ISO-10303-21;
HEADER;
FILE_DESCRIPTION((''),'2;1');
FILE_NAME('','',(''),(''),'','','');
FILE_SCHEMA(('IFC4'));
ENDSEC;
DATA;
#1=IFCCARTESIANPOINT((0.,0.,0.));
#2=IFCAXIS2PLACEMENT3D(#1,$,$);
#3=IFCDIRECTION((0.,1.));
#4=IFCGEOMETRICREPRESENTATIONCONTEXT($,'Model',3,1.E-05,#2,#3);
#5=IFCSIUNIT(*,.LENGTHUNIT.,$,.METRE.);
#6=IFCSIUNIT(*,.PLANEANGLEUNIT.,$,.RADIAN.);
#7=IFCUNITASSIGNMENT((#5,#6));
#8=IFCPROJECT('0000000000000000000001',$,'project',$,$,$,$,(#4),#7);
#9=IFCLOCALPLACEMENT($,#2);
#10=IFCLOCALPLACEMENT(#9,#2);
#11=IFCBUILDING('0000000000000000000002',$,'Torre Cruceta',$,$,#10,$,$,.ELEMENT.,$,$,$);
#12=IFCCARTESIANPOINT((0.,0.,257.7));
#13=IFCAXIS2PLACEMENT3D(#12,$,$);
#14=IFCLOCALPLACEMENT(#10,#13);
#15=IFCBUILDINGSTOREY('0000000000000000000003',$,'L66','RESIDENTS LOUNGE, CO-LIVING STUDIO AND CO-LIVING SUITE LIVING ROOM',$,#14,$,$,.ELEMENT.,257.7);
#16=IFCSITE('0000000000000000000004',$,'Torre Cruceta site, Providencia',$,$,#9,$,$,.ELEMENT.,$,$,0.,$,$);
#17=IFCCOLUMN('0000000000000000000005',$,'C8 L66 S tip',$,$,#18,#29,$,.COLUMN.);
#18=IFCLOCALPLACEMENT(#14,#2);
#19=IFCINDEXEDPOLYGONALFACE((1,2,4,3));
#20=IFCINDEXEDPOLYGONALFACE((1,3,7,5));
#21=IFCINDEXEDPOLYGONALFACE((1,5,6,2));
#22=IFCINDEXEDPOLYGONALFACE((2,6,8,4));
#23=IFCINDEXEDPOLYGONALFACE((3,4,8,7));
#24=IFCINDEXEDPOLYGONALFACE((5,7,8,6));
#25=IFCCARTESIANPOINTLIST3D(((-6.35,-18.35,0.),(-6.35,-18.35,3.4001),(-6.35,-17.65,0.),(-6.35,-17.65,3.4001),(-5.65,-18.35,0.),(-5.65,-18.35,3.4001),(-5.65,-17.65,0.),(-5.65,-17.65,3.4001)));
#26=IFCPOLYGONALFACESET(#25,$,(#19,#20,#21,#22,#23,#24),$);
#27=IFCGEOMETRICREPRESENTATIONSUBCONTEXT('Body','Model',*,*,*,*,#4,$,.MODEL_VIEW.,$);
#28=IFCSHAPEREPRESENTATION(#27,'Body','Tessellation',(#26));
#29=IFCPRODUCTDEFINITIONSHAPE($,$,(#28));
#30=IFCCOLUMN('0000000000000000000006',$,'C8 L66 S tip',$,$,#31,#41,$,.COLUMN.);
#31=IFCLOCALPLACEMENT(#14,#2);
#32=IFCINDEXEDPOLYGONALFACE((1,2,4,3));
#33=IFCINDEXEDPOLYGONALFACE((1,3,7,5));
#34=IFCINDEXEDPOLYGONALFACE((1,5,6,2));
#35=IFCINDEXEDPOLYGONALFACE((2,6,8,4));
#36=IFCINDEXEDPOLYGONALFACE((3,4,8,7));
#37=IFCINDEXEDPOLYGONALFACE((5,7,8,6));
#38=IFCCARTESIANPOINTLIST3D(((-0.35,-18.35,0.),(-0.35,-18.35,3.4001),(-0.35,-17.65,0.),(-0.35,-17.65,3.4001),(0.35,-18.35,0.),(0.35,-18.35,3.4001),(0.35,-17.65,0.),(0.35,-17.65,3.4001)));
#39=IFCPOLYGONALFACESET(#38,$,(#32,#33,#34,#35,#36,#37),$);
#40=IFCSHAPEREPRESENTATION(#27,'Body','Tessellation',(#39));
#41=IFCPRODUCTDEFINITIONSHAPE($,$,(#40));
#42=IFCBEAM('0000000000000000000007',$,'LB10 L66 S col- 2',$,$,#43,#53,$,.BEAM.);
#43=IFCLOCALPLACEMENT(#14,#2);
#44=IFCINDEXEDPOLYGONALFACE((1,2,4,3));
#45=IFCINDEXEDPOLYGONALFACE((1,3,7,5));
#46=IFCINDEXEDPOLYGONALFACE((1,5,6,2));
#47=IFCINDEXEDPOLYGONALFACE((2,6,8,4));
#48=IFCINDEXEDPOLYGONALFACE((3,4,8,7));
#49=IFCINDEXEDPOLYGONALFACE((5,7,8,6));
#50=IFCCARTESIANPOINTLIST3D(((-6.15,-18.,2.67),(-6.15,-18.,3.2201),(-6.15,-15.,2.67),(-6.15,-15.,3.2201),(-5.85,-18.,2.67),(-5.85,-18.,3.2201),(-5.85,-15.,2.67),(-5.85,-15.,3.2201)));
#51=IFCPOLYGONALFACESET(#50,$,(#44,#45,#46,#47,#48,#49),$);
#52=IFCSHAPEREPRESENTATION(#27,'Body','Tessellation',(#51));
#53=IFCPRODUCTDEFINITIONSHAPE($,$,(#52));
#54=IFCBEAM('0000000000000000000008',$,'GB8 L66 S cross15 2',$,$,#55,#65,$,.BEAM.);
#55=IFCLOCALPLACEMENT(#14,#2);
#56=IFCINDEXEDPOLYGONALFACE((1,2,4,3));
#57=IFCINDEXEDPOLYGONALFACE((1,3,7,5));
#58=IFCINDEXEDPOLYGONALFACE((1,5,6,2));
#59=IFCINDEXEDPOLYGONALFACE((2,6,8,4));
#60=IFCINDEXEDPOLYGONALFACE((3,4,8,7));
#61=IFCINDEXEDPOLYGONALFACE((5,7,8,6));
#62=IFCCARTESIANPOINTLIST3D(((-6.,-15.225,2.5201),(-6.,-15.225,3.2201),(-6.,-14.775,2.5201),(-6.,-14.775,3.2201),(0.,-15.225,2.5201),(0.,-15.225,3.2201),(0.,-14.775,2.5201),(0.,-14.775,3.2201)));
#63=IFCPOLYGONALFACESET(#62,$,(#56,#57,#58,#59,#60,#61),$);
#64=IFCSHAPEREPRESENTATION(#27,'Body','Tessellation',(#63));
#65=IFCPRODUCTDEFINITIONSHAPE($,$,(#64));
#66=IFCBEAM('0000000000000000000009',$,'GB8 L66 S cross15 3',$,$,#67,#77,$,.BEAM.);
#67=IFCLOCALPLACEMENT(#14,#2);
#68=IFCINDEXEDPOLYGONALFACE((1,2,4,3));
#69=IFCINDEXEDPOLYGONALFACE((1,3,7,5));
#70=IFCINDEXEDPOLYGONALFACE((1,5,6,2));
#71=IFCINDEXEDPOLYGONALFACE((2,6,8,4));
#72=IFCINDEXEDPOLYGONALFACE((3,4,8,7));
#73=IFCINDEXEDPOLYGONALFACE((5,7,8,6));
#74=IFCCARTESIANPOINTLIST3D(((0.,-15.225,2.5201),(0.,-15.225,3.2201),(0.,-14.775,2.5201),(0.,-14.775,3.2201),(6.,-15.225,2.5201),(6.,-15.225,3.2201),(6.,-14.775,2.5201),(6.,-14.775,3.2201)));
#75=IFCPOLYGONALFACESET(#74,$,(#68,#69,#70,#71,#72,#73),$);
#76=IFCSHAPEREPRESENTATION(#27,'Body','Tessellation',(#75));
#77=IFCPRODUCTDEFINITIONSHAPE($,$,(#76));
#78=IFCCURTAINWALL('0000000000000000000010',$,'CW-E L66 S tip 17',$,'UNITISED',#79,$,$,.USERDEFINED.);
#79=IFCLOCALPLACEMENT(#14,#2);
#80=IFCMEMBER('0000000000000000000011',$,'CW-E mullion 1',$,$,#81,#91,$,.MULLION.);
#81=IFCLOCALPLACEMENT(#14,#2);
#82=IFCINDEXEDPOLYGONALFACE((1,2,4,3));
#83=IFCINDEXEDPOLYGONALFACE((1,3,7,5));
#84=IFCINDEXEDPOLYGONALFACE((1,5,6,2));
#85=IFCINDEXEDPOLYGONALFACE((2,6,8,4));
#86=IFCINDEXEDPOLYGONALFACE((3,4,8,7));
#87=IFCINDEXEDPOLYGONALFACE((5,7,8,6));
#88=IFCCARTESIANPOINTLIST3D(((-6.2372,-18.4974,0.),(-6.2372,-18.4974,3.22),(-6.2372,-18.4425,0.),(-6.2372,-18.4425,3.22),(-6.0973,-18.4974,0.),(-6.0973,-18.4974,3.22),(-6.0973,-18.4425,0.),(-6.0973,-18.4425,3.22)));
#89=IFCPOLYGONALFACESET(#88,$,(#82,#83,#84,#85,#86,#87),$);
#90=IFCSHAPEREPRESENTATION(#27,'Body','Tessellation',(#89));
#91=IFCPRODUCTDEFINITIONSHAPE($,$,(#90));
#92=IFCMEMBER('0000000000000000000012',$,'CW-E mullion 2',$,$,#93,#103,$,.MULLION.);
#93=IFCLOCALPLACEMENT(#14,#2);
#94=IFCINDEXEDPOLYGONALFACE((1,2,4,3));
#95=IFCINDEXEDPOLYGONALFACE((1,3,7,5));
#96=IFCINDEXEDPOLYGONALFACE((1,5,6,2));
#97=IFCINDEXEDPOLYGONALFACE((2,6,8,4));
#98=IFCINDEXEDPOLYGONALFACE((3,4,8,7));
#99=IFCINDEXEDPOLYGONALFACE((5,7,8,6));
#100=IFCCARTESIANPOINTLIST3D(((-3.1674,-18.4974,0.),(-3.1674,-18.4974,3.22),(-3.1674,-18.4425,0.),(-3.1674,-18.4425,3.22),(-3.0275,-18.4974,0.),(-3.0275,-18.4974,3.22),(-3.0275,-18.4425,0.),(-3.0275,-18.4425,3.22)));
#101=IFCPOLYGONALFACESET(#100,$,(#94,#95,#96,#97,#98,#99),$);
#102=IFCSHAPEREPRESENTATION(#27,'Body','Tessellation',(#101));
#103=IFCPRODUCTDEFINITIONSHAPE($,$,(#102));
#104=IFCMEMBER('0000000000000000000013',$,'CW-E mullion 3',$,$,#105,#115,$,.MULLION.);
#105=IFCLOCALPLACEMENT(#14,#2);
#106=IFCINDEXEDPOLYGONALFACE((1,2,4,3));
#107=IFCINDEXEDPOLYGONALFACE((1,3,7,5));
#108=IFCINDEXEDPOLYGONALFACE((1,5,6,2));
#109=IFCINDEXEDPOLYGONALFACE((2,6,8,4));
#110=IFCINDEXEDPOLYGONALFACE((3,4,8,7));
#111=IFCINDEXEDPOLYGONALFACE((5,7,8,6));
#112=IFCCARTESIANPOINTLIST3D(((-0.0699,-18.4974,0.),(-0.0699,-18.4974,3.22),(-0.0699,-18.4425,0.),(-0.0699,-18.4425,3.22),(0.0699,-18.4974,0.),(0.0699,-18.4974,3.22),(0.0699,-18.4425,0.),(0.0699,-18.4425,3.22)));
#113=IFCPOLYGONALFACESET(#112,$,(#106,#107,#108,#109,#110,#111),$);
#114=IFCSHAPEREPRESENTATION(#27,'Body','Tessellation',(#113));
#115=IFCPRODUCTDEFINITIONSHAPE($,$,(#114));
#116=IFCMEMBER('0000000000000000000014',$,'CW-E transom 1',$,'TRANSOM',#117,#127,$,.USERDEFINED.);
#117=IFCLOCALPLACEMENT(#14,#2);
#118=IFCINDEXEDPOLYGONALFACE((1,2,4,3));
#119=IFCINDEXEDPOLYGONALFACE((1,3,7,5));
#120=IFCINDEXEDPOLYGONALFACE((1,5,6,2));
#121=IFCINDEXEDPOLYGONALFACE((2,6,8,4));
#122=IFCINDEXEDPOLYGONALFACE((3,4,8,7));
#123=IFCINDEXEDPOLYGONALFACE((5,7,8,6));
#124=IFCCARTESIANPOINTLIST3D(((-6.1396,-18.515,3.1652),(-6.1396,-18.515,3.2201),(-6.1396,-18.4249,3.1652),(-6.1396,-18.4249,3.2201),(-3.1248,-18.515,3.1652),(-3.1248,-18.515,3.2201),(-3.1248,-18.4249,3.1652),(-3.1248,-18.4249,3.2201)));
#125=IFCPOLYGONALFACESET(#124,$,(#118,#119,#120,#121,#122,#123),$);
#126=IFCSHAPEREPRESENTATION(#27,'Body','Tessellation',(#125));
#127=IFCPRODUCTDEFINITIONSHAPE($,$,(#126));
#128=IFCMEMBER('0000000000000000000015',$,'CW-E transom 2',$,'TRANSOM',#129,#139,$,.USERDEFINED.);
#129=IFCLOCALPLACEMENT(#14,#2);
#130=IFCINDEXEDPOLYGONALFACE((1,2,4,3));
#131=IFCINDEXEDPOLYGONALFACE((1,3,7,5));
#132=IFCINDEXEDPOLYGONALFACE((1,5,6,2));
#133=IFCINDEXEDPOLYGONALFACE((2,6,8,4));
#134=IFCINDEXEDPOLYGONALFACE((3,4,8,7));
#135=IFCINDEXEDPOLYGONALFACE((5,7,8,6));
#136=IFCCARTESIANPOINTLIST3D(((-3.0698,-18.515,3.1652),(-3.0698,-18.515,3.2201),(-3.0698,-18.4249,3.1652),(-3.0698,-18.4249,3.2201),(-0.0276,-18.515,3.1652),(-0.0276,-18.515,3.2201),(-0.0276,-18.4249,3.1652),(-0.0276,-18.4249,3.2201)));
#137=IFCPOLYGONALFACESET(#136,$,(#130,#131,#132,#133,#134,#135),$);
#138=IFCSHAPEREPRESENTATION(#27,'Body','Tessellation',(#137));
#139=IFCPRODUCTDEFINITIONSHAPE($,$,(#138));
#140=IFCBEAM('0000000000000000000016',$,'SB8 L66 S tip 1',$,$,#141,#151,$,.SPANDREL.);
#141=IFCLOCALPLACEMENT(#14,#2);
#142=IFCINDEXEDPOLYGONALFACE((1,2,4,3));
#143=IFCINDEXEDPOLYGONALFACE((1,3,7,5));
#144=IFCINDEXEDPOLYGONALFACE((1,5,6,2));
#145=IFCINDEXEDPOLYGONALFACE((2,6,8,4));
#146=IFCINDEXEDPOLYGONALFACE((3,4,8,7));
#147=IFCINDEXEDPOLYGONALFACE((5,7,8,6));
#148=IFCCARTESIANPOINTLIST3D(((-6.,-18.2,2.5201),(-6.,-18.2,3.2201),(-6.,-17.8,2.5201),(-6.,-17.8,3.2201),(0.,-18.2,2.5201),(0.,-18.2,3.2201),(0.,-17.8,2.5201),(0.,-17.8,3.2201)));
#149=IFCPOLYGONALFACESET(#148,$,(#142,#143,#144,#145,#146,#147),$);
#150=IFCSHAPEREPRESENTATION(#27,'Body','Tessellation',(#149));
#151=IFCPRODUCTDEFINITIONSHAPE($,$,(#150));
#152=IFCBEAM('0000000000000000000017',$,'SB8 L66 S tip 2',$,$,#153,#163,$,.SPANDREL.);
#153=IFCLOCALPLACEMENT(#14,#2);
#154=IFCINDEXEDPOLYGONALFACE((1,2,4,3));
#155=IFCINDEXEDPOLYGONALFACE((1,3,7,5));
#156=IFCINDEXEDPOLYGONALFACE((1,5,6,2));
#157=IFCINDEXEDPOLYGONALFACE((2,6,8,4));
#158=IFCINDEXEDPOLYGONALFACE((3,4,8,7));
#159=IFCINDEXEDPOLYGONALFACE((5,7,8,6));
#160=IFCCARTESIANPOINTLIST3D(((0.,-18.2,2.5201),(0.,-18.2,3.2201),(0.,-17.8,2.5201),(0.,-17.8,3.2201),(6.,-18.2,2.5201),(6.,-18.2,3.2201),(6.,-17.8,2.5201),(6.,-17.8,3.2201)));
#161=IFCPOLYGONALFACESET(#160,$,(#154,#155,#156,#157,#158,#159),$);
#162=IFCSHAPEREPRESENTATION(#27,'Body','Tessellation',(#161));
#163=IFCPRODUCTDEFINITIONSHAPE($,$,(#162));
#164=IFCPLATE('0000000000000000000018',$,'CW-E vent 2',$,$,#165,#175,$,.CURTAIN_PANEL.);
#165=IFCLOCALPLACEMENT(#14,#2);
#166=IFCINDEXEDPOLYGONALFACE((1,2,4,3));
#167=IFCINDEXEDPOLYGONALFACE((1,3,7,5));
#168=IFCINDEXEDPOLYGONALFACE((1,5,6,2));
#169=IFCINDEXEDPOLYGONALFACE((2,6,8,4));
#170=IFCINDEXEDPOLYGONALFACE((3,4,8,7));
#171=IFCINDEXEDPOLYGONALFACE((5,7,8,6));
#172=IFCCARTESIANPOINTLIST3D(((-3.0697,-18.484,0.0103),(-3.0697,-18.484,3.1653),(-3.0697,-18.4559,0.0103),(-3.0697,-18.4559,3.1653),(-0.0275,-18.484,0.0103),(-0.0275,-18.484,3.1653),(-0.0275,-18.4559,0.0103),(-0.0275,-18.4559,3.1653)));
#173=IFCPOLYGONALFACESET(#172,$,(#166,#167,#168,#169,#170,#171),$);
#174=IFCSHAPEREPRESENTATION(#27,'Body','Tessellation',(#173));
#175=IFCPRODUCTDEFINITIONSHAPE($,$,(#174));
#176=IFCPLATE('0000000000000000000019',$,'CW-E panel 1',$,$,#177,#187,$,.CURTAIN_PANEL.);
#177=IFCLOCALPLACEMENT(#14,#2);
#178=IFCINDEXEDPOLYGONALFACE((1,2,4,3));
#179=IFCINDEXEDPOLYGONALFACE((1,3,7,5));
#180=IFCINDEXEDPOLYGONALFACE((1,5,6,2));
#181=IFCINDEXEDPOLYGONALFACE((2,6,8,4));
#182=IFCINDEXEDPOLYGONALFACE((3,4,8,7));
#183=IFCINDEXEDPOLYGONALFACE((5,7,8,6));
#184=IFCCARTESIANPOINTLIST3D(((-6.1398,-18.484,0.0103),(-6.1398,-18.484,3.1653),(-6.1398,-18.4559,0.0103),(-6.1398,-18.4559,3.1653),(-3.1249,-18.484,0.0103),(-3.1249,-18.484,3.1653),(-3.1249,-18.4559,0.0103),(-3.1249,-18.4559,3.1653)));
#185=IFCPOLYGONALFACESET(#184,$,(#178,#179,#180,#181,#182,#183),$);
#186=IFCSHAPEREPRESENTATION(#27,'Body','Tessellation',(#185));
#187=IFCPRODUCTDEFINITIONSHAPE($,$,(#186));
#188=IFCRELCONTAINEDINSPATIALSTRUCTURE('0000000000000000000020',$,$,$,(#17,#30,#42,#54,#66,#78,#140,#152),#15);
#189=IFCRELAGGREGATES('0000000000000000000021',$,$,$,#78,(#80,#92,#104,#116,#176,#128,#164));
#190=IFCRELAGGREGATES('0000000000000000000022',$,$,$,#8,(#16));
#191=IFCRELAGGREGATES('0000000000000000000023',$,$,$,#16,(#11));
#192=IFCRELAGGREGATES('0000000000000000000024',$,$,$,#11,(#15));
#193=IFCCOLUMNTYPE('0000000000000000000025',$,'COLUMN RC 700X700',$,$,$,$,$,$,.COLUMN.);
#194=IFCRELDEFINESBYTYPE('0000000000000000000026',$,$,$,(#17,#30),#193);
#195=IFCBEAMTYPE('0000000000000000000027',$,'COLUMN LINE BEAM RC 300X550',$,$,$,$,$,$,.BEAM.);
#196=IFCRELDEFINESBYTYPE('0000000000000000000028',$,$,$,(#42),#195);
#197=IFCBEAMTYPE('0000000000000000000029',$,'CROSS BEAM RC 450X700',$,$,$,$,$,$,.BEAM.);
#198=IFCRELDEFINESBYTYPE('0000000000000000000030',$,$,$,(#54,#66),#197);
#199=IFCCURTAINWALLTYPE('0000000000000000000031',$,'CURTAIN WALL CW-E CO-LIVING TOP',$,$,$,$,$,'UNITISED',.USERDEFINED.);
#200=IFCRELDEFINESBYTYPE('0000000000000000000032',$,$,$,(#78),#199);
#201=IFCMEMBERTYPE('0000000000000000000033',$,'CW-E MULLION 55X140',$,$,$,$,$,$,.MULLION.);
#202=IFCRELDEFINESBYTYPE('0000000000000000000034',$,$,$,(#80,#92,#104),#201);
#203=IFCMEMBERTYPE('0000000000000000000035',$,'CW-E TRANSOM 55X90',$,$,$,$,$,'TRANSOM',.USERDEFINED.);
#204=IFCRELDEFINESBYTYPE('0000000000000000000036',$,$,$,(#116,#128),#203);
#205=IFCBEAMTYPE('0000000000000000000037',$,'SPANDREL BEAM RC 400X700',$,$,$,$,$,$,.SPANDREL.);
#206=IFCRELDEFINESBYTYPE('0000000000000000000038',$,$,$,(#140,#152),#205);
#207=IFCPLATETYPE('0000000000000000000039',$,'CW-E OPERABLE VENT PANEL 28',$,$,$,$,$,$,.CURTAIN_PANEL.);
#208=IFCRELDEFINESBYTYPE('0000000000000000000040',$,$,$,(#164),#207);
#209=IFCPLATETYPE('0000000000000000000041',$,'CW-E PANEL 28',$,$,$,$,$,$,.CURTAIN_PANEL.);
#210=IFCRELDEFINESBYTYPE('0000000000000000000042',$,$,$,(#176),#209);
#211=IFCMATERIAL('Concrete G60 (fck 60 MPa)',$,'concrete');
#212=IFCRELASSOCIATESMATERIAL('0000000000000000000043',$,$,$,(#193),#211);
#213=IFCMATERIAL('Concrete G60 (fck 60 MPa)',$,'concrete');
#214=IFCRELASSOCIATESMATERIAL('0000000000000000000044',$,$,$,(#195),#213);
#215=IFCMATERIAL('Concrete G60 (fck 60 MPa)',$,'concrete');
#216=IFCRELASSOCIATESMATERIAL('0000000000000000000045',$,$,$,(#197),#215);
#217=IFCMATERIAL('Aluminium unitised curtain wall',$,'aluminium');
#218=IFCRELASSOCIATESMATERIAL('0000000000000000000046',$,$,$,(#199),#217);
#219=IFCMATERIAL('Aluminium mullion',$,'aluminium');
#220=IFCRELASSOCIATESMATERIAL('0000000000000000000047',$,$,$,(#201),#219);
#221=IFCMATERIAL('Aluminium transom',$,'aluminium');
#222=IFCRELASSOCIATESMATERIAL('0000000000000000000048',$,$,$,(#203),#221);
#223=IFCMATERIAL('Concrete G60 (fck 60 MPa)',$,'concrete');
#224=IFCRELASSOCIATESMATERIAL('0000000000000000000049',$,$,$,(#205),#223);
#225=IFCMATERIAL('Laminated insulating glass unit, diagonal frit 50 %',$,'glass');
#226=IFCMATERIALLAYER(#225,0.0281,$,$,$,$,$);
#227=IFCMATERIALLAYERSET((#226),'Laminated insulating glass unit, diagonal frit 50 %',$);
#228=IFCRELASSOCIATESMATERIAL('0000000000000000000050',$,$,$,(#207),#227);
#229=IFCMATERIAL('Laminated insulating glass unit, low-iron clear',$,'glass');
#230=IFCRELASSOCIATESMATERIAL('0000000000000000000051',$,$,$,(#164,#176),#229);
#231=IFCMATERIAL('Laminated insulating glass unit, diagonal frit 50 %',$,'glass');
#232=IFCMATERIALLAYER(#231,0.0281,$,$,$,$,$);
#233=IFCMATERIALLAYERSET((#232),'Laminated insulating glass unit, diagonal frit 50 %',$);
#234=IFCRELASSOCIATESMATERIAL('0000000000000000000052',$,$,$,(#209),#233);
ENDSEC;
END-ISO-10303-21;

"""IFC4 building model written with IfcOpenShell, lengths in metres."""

from ifc_helpers import new_model, si_unit, direction, frame, origin, origin_2d, place, context, subcontext, project, spatial, rectangle, extrude, material, layer, layer_set, material_profile, profile_set, type_object, element, aggregate, save


model = new_model("IFC4")

# Units and contexts
model_context = context("Model", 3, precision=1e-05, world=origin(), true_north=direction((0.0, 1.0)))
body_context = subcontext(model_context, "Body", "Model", "MODEL_VIEW")
ifc_project = project(units=[si_unit("LENGTHUNIT", "METRE"), si_unit("PLANEANGLEUNIT", "RADIAN")], contexts=[model_context])

# Site, building, storey
site_placement = place(None, origin())
site = spatial("IfcSite", under=ifc_project, at=site_placement, Name="Torre Cruceta site, Providencia", CompositionType="ELEMENT", RefElevation=0.0)
building_placement = place(site_placement, origin())
building = spatial("IfcBuilding", under=site, at=building_placement, Name="Torre Cruceta", CompositionType="ELEMENT")
storey_placement = place(building_placement, frame((0.0, 0.0, 257.7)))
storey = spatial("IfcBuildingStorey", under=building, at=storey_placement, Name="L66", Description="RESIDENTS LOUNGE, CO-LIVING STUDIO AND CO-LIVING SUITE LIVING ROOM", CompositionType="ELEMENT", Elevation=257.7)

# Columns
ifc_material_1 = material(Name="Concrete G60 (fck 60 MPa)", Category="concrete")
ifc_material_profile_1 = material_profile(ifc_material_1, rectangle(XDim=0.7, YDim=0.7, at=origin_2d()), Name="RC 700X700")
ifc_profile_set_1 = profile_set([ifc_material_profile_1], Name="Concrete G60 (fck 60 MPa)")
column_type = type_object("IfcColumnType", Name="COLUMN RC 700X700", PredefinedType="COLUMN", material=ifc_profile_set_1)
for number, where, z_axis, x_axis, name in (
    (1, (-6.0, -18.0, 0.0), (0.0, 0.0, 1.0), (1.0, 0.0, 0.0), "C8 L66 S tip"),
    (2, (0.0, -18.0, 0.0), (0.0, 0.0, 1.0), (1.0, 0.0, 0.0), "C8 L66 S tip"),
):
    element("IfcColumn", number, at=place(storey_placement, frame(where, z_axis=z_axis, x_axis=x_axis)), inside=storey, type_object=column_type, Name=name, PredefinedType="COLUMN", context=body_context, shape_type="SweptSolid", body=[
        extrude(rectangle(XDim=0.7, YDim=0.7, at=origin_2d()), origin(), (0.0, 0.0, 1.0), 3.4001),
    ])

# Beams
ifc_material_2 = material(Name="Concrete G60 (fck 60 MPa)", Category="concrete")
ifc_material_profile_2 = material_profile(ifc_material_2, rectangle(XDim=0.3, YDim=0.55, at=origin_2d()), Name="RC 300X550")
ifc_profile_set_2 = profile_set([ifc_material_profile_2], Name="Concrete G60 (fck 60 MPa)")
beam_type_1 = type_object("IfcBeamType", Name="COLUMN LINE BEAM RC 300X550", PredefinedType="BEAM", material=ifc_profile_set_2)
beam_placement = place(storey_placement, frame((-6.0, -15.0, 2.9451), z_axis=(0.0, -1.0, 0.0), x_axis=(1.0, 0.0, 0.0)))
element("IfcBeam", 3, at=beam_placement, inside=storey, type_object=beam_type_1, Name="LB10 L66 S col- 2", PredefinedType="BEAM", context=body_context, shape_type="SweptSolid", body=[
    extrude(rectangle(XDim=0.3, YDim=0.55, at=origin_2d()), origin(), (0.0, 0.0, 1.0), 3.0),
])
ifc_material_3 = material(Name="Concrete G60 (fck 60 MPa)", Category="concrete")
ifc_material_profile_3 = material_profile(ifc_material_3, rectangle(XDim=0.45, YDim=0.7, at=origin_2d()), Name="RC 450X700")
ifc_profile_set_3 = profile_set([ifc_material_profile_3], Name="Concrete G60 (fck 60 MPa)")
beam_type_2 = type_object("IfcBeamType", Name="CROSS BEAM RC 450X700", PredefinedType="BEAM", material=ifc_profile_set_3)
for number, where, z_axis, x_axis, name in (
    (4, (-6.0, -15.0, 2.8701), (1.0, 0.0, 0.0), (0.0, 1.0, 0.0), "GB8 L66 S cross15 2"),
    (5, (0.0, -15.0, 2.8701), (1.0, 0.0, 0.0), (0.0, 1.0, 0.0), "GB8 L66 S cross15 3"),
):
    element("IfcBeam", number, at=place(storey_placement, frame(where, z_axis=z_axis, x_axis=x_axis)), inside=storey, type_object=beam_type_2, Name=name, PredefinedType="BEAM", context=body_context, shape_type="SweptSolid", body=[
        extrude(rectangle(XDim=0.45, YDim=0.7, at=origin_2d()), origin(), (0.0, 0.0, 1.0), 6.0),
    ])

# Curtain wall, members
ifc_material_4 = material(Name="Aluminium unitised curtain wall", Category="aluminium")
curtain_wall_type = type_object("IfcCurtainWallType", Name="CURTAIN WALL CW-E CO-LIVING TOP", ElementType="UNITISED", PredefinedType="USERDEFINED", material=ifc_material_4)
curtain_wall_placement = place(storey_placement, origin())
curtain_wall = element("IfcCurtainWall", 6, at=curtain_wall_placement, inside=storey, type_object=curtain_wall_type, Name="CW-E L66 S tip 17", ObjectType="UNITISED", PredefinedType="USERDEFINED")
ifc_material_5 = material(Name="Aluminium mullion", Category="aluminium")
ifc_material_profile_4 = material_profile(ifc_material_5, rectangle(XDim=0.0549, YDim=0.1399, at=origin_2d()), Name="AL 55X140")
ifc_profile_set_4 = profile_set([ifc_material_profile_4], Name="Aluminium mullion")
member_type_1 = type_object("IfcMemberType", Name="CW-E MULLION 55X140", PredefinedType="MULLION", material=ifc_profile_set_4)
member_1_placement = place(storey_placement, frame((-6.1672, -18.47, 0.0), z_axis=(0.0, 0.0, 1.0), x_axis=(0.0, 1.0, 0.0)))
member_1 = element("IfcMember", 7, at=member_1_placement, type_object=member_type_1, Name="CW-E mullion 1", PredefinedType="MULLION", context=body_context, shape_type="SweptSolid", body=[
    extrude(rectangle(XDim=0.0549, YDim=0.1399, at=origin_2d()), origin(), (0.0, 0.0, 1.0), 3.22),
])
member_2_placement = place(storey_placement, frame((-3.0974, -18.47, 0.0), z_axis=(0.0, 0.0, 1.0), x_axis=(0.0, 1.0, 0.0)))
member_2 = element("IfcMember", 8, at=member_2_placement, type_object=member_type_1, Name="CW-E mullion 2", PredefinedType="MULLION", context=body_context, shape_type="SweptSolid", body=[
    extrude(rectangle(XDim=0.0549, YDim=0.1399, at=origin_2d()), origin(), (0.0, 0.0, 1.0), 3.22),
])
member_3_placement = place(storey_placement, frame((0.0, -18.47, 0.0), z_axis=(0.0, 0.0, 1.0), x_axis=(0.0, 1.0, 0.0)))
member_3 = element("IfcMember", 9, at=member_3_placement, type_object=member_type_1, Name="CW-E mullion 3", PredefinedType="MULLION", context=body_context, shape_type="SweptSolid", body=[
    extrude(rectangle(XDim=0.0549, YDim=0.1399, at=origin_2d()), origin(), (0.0, 0.0, 1.0), 3.22),
])
ifc_material_6 = material(Name="Aluminium transom", Category="aluminium")
ifc_material_profile_5 = material_profile(ifc_material_6, rectangle(XDim=0.0901, YDim=0.0549, at=origin_2d()), Name="AL 90X55")
ifc_profile_set_5 = profile_set([ifc_material_profile_5], Name="Aluminium transom")
member_type_2 = type_object("IfcMemberType", Name="CW-E TRANSOM 55X90", ElementType="TRANSOM", PredefinedType="USERDEFINED", material=ifc_profile_set_5)
member_4_placement = place(storey_placement, frame((-6.1396, -18.47, 3.1926), z_axis=(1.0, 0.0, 0.0), x_axis=(0.0, 1.0, 0.0)))
member_4 = element("IfcMember", 10, at=member_4_placement, type_object=member_type_2, Name="CW-E transom 1", ObjectType="TRANSOM", PredefinedType="USERDEFINED", context=body_context, shape_type="SweptSolid", body=[
    extrude(rectangle(XDim=0.0901, YDim=0.0549, at=origin_2d()), origin(), (0.0, 0.0, 1.0), 3.0149),
])
member_5_placement = place(storey_placement, frame((-3.0698, -18.47, 3.1926), z_axis=(1.0, 0.0, 0.0), x_axis=(0.0, 1.0, 0.0)))
member_5 = element("IfcMember", 11, at=member_5_placement, type_object=member_type_2, Name="CW-E transom 2", ObjectType="TRANSOM", PredefinedType="USERDEFINED", context=body_context, shape_type="SweptSolid", body=[
    extrude(rectangle(XDim=0.0901, YDim=0.0549, at=origin_2d()), origin(), (0.0, 0.0, 1.0), 3.0422),
])

# Beams
ifc_material_7 = material(Name="Concrete G60 (fck 60 MPa)", Category="concrete")
ifc_material_profile_6 = material_profile(ifc_material_7, rectangle(XDim=0.3999, YDim=0.7, at=origin_2d()), Name="RC 400X700")
ifc_profile_set_6 = profile_set([ifc_material_profile_6], Name="Concrete G60 (fck 60 MPa)")
beam_type_3 = type_object("IfcBeamType", Name="SPANDREL BEAM RC 400X700", PredefinedType="SPANDREL", material=ifc_profile_set_6)
for number, where, z_axis, x_axis, name in (
    (12, (-6.0, -18.0, 2.8701), (1.0, 0.0, 0.0), (0.0, 1.0, 0.0), "SB8 L66 S tip 1"),
    (13, (0.0, -18.0, 2.8701), (1.0, 0.0, 0.0), (0.0, 1.0, 0.0), "SB8 L66 S tip 2"),
):
    element("IfcBeam", number, at=place(storey_placement, frame(where, z_axis=z_axis, x_axis=x_axis)), inside=storey, type_object=beam_type_3, Name=name, PredefinedType="SPANDREL", context=body_context, shape_type="SweptSolid", body=[
        extrude(rectangle(XDim=0.3999, YDim=0.7, at=origin_2d()), origin(), (0.0, 0.0, 1.0), 6.0),
    ])

# Plates
ifc_material_8 = material(Name="Laminated insulating glass unit, low-iron clear", Category="glass")
ifc_material_9 = material(Name="Laminated insulating glass unit, diagonal frit 50 %", Category="glass")
ifc_layer_1 = layer(ifc_material_9, 0.0281)
ifc_layer_set_1 = layer_set([ifc_layer_1], Name="Laminated insulating glass unit, diagonal frit 50 %")
plate_type_1 = type_object("IfcPlateType", Name="CW-E OPERABLE VENT PANEL 28", PredefinedType="CURTAIN_PANEL", material=ifc_layer_set_1)
plate_1_placement = place(storey_placement, frame((-1.5486, -18.47, 0.0103), z_axis=(0.0, 0.0, 1.0), x_axis=(1.0, 0.0, 0.0)))
plate_1 = element("IfcPlate", 14, at=plate_1_placement, type_object=plate_type_1, material=ifc_material_8, Name="CW-E vent 2", PredefinedType="CURTAIN_PANEL", context=body_context, shape_type="SweptSolid", body=[
    extrude(rectangle(XDim=3.0422, YDim=0.0281, at=origin_2d()), origin(), (0.0, 0.0, 1.0), 3.155),
])
ifc_material_10 = material(Name="Laminated insulating glass unit, diagonal frit 50 %", Category="glass")
ifc_layer_2 = layer(ifc_material_10, 0.0281)
ifc_layer_set_2 = layer_set([ifc_layer_2], Name="Laminated insulating glass unit, diagonal frit 50 %")
plate_type_2 = type_object("IfcPlateType", Name="CW-E PANEL 28", PredefinedType="CURTAIN_PANEL", material=ifc_layer_set_2)
plate_2_placement = place(storey_placement, frame((-4.6323, -18.47, 0.0103), z_axis=(0.0, 0.0, 1.0), x_axis=(1.0, 0.0, 0.0)))
plate_2 = element("IfcPlate", 15, at=plate_2_placement, type_object=plate_type_2, material=ifc_material_8, Name="CW-E panel 1", PredefinedType="CURTAIN_PANEL", context=body_context, shape_type="SweptSolid", body=[
    extrude(rectangle(XDim=3.0149, YDim=0.0281, at=origin_2d()), origin(), (0.0, 0.0, 1.0), 3.155),
])
aggregate(curtain_wall, [member_1, member_2, member_3, member_4, plate_2, member_5, plate_1])

save(model, "model.ifc")
